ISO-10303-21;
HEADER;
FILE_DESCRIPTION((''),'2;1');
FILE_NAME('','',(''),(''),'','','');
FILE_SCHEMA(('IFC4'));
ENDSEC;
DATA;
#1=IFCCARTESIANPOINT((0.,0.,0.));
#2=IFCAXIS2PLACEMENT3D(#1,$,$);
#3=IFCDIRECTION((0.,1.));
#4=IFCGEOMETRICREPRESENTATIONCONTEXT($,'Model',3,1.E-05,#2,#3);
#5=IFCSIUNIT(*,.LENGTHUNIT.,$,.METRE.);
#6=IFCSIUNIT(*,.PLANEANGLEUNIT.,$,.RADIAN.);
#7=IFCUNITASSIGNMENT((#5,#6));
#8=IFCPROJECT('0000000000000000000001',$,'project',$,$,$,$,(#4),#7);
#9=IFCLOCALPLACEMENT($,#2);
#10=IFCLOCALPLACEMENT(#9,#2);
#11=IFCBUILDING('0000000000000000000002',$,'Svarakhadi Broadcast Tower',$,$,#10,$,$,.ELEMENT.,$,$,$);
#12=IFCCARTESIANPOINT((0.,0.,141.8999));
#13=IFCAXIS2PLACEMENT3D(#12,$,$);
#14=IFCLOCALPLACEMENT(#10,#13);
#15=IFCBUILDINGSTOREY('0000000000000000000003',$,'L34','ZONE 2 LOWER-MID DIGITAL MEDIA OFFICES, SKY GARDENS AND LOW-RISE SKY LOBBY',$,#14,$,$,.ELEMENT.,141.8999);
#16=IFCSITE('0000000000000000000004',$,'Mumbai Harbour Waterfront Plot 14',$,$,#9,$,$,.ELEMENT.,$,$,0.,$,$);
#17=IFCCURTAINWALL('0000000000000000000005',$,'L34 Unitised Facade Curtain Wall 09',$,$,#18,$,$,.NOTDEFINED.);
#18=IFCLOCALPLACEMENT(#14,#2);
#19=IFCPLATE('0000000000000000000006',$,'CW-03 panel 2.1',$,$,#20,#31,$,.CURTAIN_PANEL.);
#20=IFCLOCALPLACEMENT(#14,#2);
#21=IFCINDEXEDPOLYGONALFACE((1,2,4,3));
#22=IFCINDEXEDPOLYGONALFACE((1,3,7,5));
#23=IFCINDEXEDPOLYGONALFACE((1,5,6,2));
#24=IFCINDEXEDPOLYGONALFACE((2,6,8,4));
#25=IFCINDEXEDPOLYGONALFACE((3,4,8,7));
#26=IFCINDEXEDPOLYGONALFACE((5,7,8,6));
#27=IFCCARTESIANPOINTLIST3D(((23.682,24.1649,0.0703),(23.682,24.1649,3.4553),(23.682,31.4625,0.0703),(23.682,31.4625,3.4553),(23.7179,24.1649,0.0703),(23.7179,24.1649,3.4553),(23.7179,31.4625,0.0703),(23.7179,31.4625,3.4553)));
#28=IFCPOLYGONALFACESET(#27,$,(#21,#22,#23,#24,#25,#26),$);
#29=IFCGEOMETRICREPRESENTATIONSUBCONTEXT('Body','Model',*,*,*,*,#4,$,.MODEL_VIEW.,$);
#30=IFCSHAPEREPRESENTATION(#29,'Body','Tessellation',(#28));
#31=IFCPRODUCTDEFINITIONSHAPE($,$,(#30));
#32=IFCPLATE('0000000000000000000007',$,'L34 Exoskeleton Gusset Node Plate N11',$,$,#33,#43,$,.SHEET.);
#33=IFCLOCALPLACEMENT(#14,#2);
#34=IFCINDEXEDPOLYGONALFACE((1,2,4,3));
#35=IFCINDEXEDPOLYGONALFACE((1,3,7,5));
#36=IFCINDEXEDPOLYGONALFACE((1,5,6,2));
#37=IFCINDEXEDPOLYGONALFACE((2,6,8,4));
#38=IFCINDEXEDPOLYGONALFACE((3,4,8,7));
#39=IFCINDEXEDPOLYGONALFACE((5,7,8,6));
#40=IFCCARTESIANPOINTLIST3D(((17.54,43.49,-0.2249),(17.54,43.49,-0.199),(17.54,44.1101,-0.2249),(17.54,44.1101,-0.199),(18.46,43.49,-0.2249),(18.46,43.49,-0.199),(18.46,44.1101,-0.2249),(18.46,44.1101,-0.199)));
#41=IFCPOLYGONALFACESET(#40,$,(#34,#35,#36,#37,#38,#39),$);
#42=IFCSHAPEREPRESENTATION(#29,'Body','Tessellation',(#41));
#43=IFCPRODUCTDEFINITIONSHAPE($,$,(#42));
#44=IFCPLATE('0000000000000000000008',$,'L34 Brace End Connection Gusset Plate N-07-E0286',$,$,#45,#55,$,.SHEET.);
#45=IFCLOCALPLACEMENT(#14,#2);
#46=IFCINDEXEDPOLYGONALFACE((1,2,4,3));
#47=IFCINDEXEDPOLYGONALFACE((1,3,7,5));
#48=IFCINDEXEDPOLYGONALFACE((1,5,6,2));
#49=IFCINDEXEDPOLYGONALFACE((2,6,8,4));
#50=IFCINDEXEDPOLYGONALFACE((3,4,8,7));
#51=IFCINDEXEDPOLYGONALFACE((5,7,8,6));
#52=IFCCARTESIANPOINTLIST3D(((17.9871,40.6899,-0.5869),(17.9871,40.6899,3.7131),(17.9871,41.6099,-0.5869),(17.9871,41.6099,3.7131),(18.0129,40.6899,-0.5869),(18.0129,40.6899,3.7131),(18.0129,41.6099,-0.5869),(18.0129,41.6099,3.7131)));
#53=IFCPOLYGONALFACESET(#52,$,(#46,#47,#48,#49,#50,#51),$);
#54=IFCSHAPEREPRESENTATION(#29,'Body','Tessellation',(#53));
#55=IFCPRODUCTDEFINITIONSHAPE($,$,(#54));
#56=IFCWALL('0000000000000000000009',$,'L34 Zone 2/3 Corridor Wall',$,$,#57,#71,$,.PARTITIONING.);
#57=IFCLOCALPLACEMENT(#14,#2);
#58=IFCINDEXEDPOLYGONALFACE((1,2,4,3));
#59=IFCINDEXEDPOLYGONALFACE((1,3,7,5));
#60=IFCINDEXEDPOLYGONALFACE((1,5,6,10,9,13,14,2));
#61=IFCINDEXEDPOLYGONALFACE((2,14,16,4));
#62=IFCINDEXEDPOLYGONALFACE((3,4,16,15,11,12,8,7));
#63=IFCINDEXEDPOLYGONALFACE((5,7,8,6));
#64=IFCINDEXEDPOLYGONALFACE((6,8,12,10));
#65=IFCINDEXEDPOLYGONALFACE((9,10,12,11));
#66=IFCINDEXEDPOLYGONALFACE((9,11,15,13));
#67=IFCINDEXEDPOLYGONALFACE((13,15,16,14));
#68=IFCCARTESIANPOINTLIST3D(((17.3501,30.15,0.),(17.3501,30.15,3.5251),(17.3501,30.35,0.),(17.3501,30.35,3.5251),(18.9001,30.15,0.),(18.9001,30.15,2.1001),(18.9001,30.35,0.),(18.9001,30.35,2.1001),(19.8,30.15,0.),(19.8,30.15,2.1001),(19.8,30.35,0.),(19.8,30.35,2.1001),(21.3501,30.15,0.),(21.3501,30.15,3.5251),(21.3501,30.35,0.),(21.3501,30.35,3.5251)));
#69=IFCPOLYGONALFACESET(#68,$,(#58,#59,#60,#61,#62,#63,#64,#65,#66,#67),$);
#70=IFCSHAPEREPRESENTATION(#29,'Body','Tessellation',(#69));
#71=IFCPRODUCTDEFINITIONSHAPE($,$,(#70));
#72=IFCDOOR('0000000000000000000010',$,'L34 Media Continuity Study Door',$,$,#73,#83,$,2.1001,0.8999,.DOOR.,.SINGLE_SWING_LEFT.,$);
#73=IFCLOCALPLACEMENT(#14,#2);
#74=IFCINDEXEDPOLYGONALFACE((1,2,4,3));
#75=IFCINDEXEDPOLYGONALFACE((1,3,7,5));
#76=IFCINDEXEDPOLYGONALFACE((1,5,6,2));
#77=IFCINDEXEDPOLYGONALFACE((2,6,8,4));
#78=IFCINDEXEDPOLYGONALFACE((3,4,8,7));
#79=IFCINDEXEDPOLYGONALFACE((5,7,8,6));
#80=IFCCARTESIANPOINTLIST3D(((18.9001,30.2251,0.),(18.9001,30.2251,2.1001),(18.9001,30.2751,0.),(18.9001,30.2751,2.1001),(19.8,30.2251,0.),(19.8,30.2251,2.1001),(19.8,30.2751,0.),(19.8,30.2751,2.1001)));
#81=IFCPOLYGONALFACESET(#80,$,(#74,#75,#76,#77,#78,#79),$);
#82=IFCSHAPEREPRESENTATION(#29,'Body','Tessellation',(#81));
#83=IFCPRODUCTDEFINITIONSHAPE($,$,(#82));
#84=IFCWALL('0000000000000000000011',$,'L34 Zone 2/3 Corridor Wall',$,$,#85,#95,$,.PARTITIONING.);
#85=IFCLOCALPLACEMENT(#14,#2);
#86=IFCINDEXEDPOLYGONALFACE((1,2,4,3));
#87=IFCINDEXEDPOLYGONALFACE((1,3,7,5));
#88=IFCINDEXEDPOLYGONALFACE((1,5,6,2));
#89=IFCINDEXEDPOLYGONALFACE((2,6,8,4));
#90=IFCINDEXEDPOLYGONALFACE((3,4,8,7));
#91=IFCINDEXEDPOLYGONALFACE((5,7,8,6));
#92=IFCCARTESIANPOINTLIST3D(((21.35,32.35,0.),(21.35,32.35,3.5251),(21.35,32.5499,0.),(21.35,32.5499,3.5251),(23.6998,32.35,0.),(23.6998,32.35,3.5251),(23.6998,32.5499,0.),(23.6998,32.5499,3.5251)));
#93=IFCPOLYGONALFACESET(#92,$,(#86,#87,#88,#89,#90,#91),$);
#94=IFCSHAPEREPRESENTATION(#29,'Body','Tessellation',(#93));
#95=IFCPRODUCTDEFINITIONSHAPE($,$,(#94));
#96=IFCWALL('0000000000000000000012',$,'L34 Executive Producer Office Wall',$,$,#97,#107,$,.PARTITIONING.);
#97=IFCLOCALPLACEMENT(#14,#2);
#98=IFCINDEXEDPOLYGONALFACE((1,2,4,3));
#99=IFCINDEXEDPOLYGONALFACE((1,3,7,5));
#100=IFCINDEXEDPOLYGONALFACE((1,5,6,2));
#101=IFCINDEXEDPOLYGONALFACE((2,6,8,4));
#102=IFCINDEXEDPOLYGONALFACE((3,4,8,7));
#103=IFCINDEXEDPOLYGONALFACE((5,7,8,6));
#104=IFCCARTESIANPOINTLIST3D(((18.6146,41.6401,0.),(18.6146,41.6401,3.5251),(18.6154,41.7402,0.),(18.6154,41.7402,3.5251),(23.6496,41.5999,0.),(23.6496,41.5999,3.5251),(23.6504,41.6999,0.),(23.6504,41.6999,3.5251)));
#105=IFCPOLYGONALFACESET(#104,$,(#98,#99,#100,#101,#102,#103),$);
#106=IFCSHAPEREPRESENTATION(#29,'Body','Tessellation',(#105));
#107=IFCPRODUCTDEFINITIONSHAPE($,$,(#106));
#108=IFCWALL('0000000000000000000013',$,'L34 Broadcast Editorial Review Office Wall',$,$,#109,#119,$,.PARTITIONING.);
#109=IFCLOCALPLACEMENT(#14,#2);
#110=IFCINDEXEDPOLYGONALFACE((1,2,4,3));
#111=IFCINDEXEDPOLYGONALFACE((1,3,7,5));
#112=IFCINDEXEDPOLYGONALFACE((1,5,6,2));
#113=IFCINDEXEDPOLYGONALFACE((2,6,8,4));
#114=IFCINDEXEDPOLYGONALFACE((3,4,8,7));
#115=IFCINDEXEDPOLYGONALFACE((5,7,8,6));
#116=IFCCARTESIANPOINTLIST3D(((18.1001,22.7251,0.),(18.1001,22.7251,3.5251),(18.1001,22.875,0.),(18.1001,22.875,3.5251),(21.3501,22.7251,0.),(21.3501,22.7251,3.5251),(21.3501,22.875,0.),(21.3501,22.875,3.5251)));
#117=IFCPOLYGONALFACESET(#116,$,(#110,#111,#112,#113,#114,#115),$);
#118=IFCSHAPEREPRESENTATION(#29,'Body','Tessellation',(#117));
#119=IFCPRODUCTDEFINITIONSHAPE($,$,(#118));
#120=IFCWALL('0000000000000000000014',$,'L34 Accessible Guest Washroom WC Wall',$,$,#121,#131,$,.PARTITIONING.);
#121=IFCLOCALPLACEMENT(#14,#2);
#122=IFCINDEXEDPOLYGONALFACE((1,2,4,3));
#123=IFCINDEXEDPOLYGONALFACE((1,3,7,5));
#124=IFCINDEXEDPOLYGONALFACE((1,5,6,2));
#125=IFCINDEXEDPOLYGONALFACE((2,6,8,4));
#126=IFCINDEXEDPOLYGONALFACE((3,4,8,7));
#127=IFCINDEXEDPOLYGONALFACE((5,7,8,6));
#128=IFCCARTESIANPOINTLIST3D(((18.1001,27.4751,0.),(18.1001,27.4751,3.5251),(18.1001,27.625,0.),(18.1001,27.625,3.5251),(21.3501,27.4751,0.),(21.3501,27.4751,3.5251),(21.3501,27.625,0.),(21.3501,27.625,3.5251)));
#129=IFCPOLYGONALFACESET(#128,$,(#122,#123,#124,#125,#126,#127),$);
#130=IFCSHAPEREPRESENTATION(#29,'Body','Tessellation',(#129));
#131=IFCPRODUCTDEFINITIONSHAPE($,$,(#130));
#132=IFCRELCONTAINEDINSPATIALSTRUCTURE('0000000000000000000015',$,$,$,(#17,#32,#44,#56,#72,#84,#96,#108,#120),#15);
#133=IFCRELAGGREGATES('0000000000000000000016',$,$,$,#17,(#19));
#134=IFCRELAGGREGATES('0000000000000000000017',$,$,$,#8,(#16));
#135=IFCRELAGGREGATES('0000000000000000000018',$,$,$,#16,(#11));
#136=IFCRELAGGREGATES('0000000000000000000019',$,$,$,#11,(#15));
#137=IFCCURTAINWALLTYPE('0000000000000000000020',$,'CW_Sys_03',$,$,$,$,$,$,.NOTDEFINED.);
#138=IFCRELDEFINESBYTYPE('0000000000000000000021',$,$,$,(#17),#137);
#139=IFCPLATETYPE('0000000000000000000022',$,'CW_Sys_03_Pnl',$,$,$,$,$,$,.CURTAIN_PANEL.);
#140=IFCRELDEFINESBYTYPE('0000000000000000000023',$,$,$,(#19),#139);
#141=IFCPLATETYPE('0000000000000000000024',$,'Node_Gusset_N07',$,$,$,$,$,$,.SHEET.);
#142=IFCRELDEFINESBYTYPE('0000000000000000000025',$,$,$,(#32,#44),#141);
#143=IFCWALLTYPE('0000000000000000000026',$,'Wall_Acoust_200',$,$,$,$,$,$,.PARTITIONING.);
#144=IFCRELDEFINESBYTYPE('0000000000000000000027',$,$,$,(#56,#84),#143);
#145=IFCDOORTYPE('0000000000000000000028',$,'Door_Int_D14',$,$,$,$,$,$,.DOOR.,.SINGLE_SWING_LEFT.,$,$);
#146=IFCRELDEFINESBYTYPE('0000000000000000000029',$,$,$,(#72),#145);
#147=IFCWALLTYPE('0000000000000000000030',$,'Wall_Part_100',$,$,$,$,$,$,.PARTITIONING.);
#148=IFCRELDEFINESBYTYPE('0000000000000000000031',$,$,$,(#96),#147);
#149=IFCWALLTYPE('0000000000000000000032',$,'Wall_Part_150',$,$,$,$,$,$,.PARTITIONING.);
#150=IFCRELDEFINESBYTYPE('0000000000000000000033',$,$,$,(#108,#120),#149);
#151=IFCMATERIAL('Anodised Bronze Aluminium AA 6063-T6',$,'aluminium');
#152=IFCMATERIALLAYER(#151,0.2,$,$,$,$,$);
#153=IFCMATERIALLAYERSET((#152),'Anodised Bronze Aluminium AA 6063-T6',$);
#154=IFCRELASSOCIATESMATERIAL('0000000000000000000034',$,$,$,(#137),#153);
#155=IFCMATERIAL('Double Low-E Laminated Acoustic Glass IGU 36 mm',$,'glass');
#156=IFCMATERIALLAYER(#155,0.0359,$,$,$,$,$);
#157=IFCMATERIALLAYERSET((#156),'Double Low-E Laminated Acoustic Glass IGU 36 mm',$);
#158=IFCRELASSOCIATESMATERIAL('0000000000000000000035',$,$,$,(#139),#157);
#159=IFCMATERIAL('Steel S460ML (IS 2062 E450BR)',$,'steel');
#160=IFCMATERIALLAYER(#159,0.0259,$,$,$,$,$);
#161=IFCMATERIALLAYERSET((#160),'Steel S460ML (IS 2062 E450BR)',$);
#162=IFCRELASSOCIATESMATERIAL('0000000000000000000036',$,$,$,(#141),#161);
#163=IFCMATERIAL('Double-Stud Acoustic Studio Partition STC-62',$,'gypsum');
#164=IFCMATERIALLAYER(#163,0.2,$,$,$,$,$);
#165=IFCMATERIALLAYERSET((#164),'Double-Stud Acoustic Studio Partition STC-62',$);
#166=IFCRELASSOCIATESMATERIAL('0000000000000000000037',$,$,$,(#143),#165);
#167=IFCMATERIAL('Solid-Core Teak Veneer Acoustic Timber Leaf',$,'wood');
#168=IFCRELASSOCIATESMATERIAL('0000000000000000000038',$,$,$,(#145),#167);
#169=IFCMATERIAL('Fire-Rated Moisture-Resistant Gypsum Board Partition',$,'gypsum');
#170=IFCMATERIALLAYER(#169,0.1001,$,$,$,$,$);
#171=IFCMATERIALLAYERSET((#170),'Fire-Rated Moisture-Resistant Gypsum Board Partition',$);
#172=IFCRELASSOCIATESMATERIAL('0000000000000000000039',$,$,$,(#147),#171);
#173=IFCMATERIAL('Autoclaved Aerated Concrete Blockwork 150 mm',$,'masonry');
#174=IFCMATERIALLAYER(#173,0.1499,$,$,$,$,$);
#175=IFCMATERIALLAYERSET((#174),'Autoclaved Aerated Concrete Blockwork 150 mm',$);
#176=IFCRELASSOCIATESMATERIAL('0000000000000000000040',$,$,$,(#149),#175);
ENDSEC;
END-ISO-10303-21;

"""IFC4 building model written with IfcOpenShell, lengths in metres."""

from ifc_helpers import new_model, si_unit, direction, frame, frame_2d, origin, origin_2d, place, context, subcontext, project, spatial, rectangle, extrude, material, layer, layer_set, type_object, element, fill, aggregate, save


model = new_model("IFC4")

# Units and contexts
model_context = context("Model", 3, precision=1e-05, world=origin(), true_north=direction((0.0, 1.0)))
body_context = subcontext(model_context, "Body", "Model", "MODEL_VIEW")
ifc_project = project(units=[si_unit("LENGTHUNIT", "METRE"), si_unit("PLANEANGLEUNIT", "RADIAN")], contexts=[model_context])

# Site, building, storey
site_placement = place(None, origin())
site = spatial("IfcSite", under=ifc_project, at=site_placement, Name="Mumbai Harbour Waterfront Plot 14", CompositionType="ELEMENT", RefElevation=0.0)
building_placement = place(site_placement, origin())
building = spatial("IfcBuilding", under=site, at=building_placement, Name="Svarakhadi Broadcast Tower", CompositionType="ELEMENT")
storey_placement = place(building_placement, frame((0.0, 0.0, 141.8999)))
storey = spatial("IfcBuildingStorey", under=building, at=storey_placement, Name="L34", Description="ZONE 2 LOWER-MID DIGITAL MEDIA OFFICES, SKY GARDENS AND LOW-RISE SKY LOBBY", CompositionType="ELEMENT", Elevation=141.8999)

# Shared definitions
ifc_material_1 = material(Name="Anodised Bronze Aluminium AA 6063-T6", Category="aluminium")
ifc_layer_1 = layer(ifc_material_1, 0.2)
ifc_layer_set_1 = layer_set([ifc_layer_1], Name="Anodised Bronze Aluminium AA 6063-T6")
curtain_wall_type = type_object("IfcCurtainWallType", Name="CW_Sys_03", PredefinedType="NOTDEFINED", material=ifc_layer_set_1)

# Curtain wall
curtain_wall_1_placement = place(storey_placement, origin())
curtain_wall_1 = element("IfcCurtainWall", 1, at=curtain_wall_1_placement, inside=storey, type_object=curtain_wall_type, Name="L34 Unitised Facade Curtain Wall 09", PredefinedType="NOTDEFINED")

# Shared definitions
ifc_material_2 = material(Name="Steel S460ML (IS 2062 E450BR)", Category="steel")

# Plate
ifc_material_3 = material(Name="Double Low-E Laminated Acoustic Glass IGU 36 mm", Category="glass")
ifc_layer_2 = layer(ifc_material_3, 0.0359)
ifc_layer_set_2 = layer_set([ifc_layer_2], Name="Double Low-E Laminated Acoustic Glass IGU 36 mm")
plate_type_1 = type_object("IfcPlateType", Name="CW_Sys_03_Pnl", PredefinedType="CURTAIN_PANEL", material=ifc_layer_set_2)
plate_1_placement = place(storey_placement, frame((23.7, 27.8137, 0.0703), z_axis=(0.0, 0.0, 1.0), x_axis=(0.0, -1.0, 0.0)))
plate_1 = element("IfcPlate", 2, at=plate_1_placement, type_object=plate_type_1, Name="CW-03 panel 2.1", PredefinedType="CURTAIN_PANEL", context=body_context, shape_type="SweptSolid", body=[
    extrude(rectangle(XDim=7.2976, YDim=0.0359, at=origin_2d()), origin(), (0.0, 0.0, 1.0), 3.385),
])
aggregate(curtain_wall_1, [plate_1])

# Plates
ifc_layer_3 = layer(ifc_material_2, 0.0259)
ifc_layer_set_3 = layer_set([ifc_layer_3], Name="Steel S460ML (IS 2062 E450BR)")
plate_type_2 = type_object("IfcPlateType", Name="Node_Gusset_N07", PredefinedType="SHEET", material=ifc_layer_set_3)
plate_2_placement = place(storey_placement, frame((18.0, 43.8, -0.2249), z_axis=(0.0, 0.0, 1.0), x_axis=(1.0, 0.0, 0.0)))
element("IfcPlate", 3, at=plate_2_placement, inside=storey, type_object=plate_type_2, Name="L34 Exoskeleton Gusset Node Plate N11", PredefinedType="SHEET", context=body_context, shape_type="SweptSolid", body=[
    extrude(rectangle(XDim=0.9199, YDim=0.6201, at=origin_2d()), origin(), (0.0, 0.0, 1.0), 0.0259),
])
plate_3_placement = place(storey_placement, frame((18.0, 41.1499, -0.5869), z_axis=(0.0, 0.0, 1.0), x_axis=(0.0, 1.0, 0.0)))
element("IfcPlate", 4, at=plate_3_placement, inside=storey, type_object=plate_type_2, Name="L34 Brace End Connection Gusset Plate N-07-E0286", PredefinedType="SHEET", context=body_context, shape_type="SweptSolid", body=[
    extrude(rectangle(XDim=0.9199, YDim=0.0259, at=origin_2d()), origin(), (0.0, 0.0, 1.0), 4.3),
])

# Wall, opening, door
ifc_material_4 = material(Name="Double-Stud Acoustic Studio Partition STC-62", Category="gypsum")
ifc_layer_4 = layer(ifc_material_4, 0.2)
ifc_layer_set_4 = layer_set([ifc_layer_4], Name="Double-Stud Acoustic Studio Partition STC-62")
wall_type_1 = type_object("IfcWallType", Name="Wall_Acoust_200", PredefinedType="PARTITIONING", material=ifc_layer_set_4)
wall_1_placement = place(storey_placement, frame((21.3501, 30.25, 0.0), z_axis=(0.0, 0.0, 1.0), x_axis=(-1.0, 0.0, 0.0)))
wall_1 = element("IfcWall", 5, at=wall_1_placement, inside=storey, type_object=wall_type_1, Name="L34 Zone 2/3 Corridor Wall", PredefinedType="PARTITIONING", context=body_context, shape_type="SweptSolid", body=[
    extrude(rectangle(XDim=4.0, YDim=0.2, at=frame_2d((2.0, 0.0))), origin(), (0.0, 0.0, 1.0), 3.5251),
])
opening_placement = place(wall_1_placement, frame((1.55, 0.0, 0.0)))
opening = element("IfcOpeningElement", 6, at=opening_placement, cuts=wall_1, PredefinedType="OPENING", context=body_context, shape_type="SweptSolid", body=[
    extrude(rectangle(XDim=0.8999, YDim=2.1001, at=frame_2d((0.45, 1.05))), frame((0.0, 0.1099, 0.0), z_axis=(0.0, -1.0, 0.0), x_axis=(1.0, 0.0, 0.0)), (0.0, 0.0, 1.0), 0.22),
])
ifc_material_5 = material(Name="Solid-Core Teak Veneer Acoustic Timber Leaf", Category="wood")
door_type = type_object("IfcDoorType", Name="Door_Int_D14", OperationType="SINGLE_SWING_LEFT", PredefinedType="DOOR", material=ifc_material_5)
door_placement = place(opening_placement, origin())
door = element("IfcDoor", 7, at=door_placement, inside=storey, type_object=door_type, Name="L34 Media Continuity Study Door", OperationType="SINGLE_SWING_LEFT", OverallHeight=2.1001, OverallWidth=0.8999, PredefinedType="DOOR", context=body_context, shape_type="SweptSolid", body=[
    extrude(rectangle(XDim=0.8999, YDim=2.1001, at=frame_2d((0.45, 1.05))), frame((0.0, 0.0249, 0.0), z_axis=(0.0, -1.0, 0.0), x_axis=(1.0, 0.0, 0.0)), (0.0, 0.0, 1.0), 0.05),
])
fill(opening, door)

# Walls
wall_2_placement = place(storey_placement, frame((21.3501, 32.45, 0.0), z_axis=(0.0, 0.0, 1.0), x_axis=(1.0, 0.0, 0.0)))
element("IfcWall", 8, at=wall_2_placement, inside=storey, type_object=wall_type_1, Name="L34 Zone 2/3 Corridor Wall", PredefinedType="PARTITIONING", context=body_context, shape_type="SweptSolid", body=[
    extrude(rectangle(XDim=2.3499, YDim=0.2, at=frame_2d((1.1748, 0.0))), origin(), (0.0, 0.0, 1.0), 3.5251),
])
ifc_material_6 = material(Name="Fire-Rated Moisture-Resistant Gypsum Board Partition", Category="gypsum")
ifc_layer_5 = layer(ifc_material_6, 0.1001)
ifc_layer_set_5 = layer_set([ifc_layer_5], Name="Fire-Rated Moisture-Resistant Gypsum Board Partition")
wall_type_2 = type_object("IfcWallType", Name="Wall_Part_100", PredefinedType="PARTITIONING", material=ifc_layer_set_5)
wall_3_placement = place(storey_placement, frame((18.615, 41.6902, 0.0), z_axis=(0.0, 0.0, 1.0), x_axis=(0.999968, -0.008001, 0.0)))
element("IfcWall", 9, at=wall_3_placement, inside=storey, type_object=wall_type_2, Name="L34 Executive Producer Office Wall", PredefinedType="PARTITIONING", context=body_context, shape_type="SweptSolid", body=[
    extrude(rectangle(XDim=5.0352, YDim=0.1001, at=frame_2d((2.5176, 0.0))), origin(), (0.0, 0.0, 1.0), 3.5251),
])
ifc_material_7 = material(Name="Autoclaved Aerated Concrete Blockwork 150 mm", Category="masonry")
ifc_layer_6 = layer(ifc_material_7, 0.1499)
ifc_layer_set_6 = layer_set([ifc_layer_6], Name="Autoclaved Aerated Concrete Blockwork 150 mm")
wall_type_3 = type_object("IfcWallType", Name="Wall_Part_150", PredefinedType="PARTITIONING", material=ifc_layer_set_6)
for number, where, z_axis, x_axis, name in (
    (10, (18.1001, 22.8, 0.0), (0.0, 0.0, 1.0), (1.0, 0.0, 0.0), "L34 Broadcast Editorial Review Office Wall"),
    (11, (18.1001, 27.55, 0.0), (0.0, 0.0, 1.0), (1.0, 0.0, 0.0), "L34 Accessible Guest Washroom WC Wall"),
):
    element("IfcWall", number, at=place(storey_placement, frame(where, z_axis=z_axis, x_axis=x_axis)), inside=storey, type_object=wall_type_3, Name=name, PredefinedType="PARTITIONING", context=body_context, shape_type="SweptSolid", body=[
        extrude(rectangle(XDim=3.25, YDim=0.1499, at=frame_2d((1.625, 0.0))), origin(), (0.0, 0.0, 1.0), 3.5251),
    ])

save(model, "model.ifc")
